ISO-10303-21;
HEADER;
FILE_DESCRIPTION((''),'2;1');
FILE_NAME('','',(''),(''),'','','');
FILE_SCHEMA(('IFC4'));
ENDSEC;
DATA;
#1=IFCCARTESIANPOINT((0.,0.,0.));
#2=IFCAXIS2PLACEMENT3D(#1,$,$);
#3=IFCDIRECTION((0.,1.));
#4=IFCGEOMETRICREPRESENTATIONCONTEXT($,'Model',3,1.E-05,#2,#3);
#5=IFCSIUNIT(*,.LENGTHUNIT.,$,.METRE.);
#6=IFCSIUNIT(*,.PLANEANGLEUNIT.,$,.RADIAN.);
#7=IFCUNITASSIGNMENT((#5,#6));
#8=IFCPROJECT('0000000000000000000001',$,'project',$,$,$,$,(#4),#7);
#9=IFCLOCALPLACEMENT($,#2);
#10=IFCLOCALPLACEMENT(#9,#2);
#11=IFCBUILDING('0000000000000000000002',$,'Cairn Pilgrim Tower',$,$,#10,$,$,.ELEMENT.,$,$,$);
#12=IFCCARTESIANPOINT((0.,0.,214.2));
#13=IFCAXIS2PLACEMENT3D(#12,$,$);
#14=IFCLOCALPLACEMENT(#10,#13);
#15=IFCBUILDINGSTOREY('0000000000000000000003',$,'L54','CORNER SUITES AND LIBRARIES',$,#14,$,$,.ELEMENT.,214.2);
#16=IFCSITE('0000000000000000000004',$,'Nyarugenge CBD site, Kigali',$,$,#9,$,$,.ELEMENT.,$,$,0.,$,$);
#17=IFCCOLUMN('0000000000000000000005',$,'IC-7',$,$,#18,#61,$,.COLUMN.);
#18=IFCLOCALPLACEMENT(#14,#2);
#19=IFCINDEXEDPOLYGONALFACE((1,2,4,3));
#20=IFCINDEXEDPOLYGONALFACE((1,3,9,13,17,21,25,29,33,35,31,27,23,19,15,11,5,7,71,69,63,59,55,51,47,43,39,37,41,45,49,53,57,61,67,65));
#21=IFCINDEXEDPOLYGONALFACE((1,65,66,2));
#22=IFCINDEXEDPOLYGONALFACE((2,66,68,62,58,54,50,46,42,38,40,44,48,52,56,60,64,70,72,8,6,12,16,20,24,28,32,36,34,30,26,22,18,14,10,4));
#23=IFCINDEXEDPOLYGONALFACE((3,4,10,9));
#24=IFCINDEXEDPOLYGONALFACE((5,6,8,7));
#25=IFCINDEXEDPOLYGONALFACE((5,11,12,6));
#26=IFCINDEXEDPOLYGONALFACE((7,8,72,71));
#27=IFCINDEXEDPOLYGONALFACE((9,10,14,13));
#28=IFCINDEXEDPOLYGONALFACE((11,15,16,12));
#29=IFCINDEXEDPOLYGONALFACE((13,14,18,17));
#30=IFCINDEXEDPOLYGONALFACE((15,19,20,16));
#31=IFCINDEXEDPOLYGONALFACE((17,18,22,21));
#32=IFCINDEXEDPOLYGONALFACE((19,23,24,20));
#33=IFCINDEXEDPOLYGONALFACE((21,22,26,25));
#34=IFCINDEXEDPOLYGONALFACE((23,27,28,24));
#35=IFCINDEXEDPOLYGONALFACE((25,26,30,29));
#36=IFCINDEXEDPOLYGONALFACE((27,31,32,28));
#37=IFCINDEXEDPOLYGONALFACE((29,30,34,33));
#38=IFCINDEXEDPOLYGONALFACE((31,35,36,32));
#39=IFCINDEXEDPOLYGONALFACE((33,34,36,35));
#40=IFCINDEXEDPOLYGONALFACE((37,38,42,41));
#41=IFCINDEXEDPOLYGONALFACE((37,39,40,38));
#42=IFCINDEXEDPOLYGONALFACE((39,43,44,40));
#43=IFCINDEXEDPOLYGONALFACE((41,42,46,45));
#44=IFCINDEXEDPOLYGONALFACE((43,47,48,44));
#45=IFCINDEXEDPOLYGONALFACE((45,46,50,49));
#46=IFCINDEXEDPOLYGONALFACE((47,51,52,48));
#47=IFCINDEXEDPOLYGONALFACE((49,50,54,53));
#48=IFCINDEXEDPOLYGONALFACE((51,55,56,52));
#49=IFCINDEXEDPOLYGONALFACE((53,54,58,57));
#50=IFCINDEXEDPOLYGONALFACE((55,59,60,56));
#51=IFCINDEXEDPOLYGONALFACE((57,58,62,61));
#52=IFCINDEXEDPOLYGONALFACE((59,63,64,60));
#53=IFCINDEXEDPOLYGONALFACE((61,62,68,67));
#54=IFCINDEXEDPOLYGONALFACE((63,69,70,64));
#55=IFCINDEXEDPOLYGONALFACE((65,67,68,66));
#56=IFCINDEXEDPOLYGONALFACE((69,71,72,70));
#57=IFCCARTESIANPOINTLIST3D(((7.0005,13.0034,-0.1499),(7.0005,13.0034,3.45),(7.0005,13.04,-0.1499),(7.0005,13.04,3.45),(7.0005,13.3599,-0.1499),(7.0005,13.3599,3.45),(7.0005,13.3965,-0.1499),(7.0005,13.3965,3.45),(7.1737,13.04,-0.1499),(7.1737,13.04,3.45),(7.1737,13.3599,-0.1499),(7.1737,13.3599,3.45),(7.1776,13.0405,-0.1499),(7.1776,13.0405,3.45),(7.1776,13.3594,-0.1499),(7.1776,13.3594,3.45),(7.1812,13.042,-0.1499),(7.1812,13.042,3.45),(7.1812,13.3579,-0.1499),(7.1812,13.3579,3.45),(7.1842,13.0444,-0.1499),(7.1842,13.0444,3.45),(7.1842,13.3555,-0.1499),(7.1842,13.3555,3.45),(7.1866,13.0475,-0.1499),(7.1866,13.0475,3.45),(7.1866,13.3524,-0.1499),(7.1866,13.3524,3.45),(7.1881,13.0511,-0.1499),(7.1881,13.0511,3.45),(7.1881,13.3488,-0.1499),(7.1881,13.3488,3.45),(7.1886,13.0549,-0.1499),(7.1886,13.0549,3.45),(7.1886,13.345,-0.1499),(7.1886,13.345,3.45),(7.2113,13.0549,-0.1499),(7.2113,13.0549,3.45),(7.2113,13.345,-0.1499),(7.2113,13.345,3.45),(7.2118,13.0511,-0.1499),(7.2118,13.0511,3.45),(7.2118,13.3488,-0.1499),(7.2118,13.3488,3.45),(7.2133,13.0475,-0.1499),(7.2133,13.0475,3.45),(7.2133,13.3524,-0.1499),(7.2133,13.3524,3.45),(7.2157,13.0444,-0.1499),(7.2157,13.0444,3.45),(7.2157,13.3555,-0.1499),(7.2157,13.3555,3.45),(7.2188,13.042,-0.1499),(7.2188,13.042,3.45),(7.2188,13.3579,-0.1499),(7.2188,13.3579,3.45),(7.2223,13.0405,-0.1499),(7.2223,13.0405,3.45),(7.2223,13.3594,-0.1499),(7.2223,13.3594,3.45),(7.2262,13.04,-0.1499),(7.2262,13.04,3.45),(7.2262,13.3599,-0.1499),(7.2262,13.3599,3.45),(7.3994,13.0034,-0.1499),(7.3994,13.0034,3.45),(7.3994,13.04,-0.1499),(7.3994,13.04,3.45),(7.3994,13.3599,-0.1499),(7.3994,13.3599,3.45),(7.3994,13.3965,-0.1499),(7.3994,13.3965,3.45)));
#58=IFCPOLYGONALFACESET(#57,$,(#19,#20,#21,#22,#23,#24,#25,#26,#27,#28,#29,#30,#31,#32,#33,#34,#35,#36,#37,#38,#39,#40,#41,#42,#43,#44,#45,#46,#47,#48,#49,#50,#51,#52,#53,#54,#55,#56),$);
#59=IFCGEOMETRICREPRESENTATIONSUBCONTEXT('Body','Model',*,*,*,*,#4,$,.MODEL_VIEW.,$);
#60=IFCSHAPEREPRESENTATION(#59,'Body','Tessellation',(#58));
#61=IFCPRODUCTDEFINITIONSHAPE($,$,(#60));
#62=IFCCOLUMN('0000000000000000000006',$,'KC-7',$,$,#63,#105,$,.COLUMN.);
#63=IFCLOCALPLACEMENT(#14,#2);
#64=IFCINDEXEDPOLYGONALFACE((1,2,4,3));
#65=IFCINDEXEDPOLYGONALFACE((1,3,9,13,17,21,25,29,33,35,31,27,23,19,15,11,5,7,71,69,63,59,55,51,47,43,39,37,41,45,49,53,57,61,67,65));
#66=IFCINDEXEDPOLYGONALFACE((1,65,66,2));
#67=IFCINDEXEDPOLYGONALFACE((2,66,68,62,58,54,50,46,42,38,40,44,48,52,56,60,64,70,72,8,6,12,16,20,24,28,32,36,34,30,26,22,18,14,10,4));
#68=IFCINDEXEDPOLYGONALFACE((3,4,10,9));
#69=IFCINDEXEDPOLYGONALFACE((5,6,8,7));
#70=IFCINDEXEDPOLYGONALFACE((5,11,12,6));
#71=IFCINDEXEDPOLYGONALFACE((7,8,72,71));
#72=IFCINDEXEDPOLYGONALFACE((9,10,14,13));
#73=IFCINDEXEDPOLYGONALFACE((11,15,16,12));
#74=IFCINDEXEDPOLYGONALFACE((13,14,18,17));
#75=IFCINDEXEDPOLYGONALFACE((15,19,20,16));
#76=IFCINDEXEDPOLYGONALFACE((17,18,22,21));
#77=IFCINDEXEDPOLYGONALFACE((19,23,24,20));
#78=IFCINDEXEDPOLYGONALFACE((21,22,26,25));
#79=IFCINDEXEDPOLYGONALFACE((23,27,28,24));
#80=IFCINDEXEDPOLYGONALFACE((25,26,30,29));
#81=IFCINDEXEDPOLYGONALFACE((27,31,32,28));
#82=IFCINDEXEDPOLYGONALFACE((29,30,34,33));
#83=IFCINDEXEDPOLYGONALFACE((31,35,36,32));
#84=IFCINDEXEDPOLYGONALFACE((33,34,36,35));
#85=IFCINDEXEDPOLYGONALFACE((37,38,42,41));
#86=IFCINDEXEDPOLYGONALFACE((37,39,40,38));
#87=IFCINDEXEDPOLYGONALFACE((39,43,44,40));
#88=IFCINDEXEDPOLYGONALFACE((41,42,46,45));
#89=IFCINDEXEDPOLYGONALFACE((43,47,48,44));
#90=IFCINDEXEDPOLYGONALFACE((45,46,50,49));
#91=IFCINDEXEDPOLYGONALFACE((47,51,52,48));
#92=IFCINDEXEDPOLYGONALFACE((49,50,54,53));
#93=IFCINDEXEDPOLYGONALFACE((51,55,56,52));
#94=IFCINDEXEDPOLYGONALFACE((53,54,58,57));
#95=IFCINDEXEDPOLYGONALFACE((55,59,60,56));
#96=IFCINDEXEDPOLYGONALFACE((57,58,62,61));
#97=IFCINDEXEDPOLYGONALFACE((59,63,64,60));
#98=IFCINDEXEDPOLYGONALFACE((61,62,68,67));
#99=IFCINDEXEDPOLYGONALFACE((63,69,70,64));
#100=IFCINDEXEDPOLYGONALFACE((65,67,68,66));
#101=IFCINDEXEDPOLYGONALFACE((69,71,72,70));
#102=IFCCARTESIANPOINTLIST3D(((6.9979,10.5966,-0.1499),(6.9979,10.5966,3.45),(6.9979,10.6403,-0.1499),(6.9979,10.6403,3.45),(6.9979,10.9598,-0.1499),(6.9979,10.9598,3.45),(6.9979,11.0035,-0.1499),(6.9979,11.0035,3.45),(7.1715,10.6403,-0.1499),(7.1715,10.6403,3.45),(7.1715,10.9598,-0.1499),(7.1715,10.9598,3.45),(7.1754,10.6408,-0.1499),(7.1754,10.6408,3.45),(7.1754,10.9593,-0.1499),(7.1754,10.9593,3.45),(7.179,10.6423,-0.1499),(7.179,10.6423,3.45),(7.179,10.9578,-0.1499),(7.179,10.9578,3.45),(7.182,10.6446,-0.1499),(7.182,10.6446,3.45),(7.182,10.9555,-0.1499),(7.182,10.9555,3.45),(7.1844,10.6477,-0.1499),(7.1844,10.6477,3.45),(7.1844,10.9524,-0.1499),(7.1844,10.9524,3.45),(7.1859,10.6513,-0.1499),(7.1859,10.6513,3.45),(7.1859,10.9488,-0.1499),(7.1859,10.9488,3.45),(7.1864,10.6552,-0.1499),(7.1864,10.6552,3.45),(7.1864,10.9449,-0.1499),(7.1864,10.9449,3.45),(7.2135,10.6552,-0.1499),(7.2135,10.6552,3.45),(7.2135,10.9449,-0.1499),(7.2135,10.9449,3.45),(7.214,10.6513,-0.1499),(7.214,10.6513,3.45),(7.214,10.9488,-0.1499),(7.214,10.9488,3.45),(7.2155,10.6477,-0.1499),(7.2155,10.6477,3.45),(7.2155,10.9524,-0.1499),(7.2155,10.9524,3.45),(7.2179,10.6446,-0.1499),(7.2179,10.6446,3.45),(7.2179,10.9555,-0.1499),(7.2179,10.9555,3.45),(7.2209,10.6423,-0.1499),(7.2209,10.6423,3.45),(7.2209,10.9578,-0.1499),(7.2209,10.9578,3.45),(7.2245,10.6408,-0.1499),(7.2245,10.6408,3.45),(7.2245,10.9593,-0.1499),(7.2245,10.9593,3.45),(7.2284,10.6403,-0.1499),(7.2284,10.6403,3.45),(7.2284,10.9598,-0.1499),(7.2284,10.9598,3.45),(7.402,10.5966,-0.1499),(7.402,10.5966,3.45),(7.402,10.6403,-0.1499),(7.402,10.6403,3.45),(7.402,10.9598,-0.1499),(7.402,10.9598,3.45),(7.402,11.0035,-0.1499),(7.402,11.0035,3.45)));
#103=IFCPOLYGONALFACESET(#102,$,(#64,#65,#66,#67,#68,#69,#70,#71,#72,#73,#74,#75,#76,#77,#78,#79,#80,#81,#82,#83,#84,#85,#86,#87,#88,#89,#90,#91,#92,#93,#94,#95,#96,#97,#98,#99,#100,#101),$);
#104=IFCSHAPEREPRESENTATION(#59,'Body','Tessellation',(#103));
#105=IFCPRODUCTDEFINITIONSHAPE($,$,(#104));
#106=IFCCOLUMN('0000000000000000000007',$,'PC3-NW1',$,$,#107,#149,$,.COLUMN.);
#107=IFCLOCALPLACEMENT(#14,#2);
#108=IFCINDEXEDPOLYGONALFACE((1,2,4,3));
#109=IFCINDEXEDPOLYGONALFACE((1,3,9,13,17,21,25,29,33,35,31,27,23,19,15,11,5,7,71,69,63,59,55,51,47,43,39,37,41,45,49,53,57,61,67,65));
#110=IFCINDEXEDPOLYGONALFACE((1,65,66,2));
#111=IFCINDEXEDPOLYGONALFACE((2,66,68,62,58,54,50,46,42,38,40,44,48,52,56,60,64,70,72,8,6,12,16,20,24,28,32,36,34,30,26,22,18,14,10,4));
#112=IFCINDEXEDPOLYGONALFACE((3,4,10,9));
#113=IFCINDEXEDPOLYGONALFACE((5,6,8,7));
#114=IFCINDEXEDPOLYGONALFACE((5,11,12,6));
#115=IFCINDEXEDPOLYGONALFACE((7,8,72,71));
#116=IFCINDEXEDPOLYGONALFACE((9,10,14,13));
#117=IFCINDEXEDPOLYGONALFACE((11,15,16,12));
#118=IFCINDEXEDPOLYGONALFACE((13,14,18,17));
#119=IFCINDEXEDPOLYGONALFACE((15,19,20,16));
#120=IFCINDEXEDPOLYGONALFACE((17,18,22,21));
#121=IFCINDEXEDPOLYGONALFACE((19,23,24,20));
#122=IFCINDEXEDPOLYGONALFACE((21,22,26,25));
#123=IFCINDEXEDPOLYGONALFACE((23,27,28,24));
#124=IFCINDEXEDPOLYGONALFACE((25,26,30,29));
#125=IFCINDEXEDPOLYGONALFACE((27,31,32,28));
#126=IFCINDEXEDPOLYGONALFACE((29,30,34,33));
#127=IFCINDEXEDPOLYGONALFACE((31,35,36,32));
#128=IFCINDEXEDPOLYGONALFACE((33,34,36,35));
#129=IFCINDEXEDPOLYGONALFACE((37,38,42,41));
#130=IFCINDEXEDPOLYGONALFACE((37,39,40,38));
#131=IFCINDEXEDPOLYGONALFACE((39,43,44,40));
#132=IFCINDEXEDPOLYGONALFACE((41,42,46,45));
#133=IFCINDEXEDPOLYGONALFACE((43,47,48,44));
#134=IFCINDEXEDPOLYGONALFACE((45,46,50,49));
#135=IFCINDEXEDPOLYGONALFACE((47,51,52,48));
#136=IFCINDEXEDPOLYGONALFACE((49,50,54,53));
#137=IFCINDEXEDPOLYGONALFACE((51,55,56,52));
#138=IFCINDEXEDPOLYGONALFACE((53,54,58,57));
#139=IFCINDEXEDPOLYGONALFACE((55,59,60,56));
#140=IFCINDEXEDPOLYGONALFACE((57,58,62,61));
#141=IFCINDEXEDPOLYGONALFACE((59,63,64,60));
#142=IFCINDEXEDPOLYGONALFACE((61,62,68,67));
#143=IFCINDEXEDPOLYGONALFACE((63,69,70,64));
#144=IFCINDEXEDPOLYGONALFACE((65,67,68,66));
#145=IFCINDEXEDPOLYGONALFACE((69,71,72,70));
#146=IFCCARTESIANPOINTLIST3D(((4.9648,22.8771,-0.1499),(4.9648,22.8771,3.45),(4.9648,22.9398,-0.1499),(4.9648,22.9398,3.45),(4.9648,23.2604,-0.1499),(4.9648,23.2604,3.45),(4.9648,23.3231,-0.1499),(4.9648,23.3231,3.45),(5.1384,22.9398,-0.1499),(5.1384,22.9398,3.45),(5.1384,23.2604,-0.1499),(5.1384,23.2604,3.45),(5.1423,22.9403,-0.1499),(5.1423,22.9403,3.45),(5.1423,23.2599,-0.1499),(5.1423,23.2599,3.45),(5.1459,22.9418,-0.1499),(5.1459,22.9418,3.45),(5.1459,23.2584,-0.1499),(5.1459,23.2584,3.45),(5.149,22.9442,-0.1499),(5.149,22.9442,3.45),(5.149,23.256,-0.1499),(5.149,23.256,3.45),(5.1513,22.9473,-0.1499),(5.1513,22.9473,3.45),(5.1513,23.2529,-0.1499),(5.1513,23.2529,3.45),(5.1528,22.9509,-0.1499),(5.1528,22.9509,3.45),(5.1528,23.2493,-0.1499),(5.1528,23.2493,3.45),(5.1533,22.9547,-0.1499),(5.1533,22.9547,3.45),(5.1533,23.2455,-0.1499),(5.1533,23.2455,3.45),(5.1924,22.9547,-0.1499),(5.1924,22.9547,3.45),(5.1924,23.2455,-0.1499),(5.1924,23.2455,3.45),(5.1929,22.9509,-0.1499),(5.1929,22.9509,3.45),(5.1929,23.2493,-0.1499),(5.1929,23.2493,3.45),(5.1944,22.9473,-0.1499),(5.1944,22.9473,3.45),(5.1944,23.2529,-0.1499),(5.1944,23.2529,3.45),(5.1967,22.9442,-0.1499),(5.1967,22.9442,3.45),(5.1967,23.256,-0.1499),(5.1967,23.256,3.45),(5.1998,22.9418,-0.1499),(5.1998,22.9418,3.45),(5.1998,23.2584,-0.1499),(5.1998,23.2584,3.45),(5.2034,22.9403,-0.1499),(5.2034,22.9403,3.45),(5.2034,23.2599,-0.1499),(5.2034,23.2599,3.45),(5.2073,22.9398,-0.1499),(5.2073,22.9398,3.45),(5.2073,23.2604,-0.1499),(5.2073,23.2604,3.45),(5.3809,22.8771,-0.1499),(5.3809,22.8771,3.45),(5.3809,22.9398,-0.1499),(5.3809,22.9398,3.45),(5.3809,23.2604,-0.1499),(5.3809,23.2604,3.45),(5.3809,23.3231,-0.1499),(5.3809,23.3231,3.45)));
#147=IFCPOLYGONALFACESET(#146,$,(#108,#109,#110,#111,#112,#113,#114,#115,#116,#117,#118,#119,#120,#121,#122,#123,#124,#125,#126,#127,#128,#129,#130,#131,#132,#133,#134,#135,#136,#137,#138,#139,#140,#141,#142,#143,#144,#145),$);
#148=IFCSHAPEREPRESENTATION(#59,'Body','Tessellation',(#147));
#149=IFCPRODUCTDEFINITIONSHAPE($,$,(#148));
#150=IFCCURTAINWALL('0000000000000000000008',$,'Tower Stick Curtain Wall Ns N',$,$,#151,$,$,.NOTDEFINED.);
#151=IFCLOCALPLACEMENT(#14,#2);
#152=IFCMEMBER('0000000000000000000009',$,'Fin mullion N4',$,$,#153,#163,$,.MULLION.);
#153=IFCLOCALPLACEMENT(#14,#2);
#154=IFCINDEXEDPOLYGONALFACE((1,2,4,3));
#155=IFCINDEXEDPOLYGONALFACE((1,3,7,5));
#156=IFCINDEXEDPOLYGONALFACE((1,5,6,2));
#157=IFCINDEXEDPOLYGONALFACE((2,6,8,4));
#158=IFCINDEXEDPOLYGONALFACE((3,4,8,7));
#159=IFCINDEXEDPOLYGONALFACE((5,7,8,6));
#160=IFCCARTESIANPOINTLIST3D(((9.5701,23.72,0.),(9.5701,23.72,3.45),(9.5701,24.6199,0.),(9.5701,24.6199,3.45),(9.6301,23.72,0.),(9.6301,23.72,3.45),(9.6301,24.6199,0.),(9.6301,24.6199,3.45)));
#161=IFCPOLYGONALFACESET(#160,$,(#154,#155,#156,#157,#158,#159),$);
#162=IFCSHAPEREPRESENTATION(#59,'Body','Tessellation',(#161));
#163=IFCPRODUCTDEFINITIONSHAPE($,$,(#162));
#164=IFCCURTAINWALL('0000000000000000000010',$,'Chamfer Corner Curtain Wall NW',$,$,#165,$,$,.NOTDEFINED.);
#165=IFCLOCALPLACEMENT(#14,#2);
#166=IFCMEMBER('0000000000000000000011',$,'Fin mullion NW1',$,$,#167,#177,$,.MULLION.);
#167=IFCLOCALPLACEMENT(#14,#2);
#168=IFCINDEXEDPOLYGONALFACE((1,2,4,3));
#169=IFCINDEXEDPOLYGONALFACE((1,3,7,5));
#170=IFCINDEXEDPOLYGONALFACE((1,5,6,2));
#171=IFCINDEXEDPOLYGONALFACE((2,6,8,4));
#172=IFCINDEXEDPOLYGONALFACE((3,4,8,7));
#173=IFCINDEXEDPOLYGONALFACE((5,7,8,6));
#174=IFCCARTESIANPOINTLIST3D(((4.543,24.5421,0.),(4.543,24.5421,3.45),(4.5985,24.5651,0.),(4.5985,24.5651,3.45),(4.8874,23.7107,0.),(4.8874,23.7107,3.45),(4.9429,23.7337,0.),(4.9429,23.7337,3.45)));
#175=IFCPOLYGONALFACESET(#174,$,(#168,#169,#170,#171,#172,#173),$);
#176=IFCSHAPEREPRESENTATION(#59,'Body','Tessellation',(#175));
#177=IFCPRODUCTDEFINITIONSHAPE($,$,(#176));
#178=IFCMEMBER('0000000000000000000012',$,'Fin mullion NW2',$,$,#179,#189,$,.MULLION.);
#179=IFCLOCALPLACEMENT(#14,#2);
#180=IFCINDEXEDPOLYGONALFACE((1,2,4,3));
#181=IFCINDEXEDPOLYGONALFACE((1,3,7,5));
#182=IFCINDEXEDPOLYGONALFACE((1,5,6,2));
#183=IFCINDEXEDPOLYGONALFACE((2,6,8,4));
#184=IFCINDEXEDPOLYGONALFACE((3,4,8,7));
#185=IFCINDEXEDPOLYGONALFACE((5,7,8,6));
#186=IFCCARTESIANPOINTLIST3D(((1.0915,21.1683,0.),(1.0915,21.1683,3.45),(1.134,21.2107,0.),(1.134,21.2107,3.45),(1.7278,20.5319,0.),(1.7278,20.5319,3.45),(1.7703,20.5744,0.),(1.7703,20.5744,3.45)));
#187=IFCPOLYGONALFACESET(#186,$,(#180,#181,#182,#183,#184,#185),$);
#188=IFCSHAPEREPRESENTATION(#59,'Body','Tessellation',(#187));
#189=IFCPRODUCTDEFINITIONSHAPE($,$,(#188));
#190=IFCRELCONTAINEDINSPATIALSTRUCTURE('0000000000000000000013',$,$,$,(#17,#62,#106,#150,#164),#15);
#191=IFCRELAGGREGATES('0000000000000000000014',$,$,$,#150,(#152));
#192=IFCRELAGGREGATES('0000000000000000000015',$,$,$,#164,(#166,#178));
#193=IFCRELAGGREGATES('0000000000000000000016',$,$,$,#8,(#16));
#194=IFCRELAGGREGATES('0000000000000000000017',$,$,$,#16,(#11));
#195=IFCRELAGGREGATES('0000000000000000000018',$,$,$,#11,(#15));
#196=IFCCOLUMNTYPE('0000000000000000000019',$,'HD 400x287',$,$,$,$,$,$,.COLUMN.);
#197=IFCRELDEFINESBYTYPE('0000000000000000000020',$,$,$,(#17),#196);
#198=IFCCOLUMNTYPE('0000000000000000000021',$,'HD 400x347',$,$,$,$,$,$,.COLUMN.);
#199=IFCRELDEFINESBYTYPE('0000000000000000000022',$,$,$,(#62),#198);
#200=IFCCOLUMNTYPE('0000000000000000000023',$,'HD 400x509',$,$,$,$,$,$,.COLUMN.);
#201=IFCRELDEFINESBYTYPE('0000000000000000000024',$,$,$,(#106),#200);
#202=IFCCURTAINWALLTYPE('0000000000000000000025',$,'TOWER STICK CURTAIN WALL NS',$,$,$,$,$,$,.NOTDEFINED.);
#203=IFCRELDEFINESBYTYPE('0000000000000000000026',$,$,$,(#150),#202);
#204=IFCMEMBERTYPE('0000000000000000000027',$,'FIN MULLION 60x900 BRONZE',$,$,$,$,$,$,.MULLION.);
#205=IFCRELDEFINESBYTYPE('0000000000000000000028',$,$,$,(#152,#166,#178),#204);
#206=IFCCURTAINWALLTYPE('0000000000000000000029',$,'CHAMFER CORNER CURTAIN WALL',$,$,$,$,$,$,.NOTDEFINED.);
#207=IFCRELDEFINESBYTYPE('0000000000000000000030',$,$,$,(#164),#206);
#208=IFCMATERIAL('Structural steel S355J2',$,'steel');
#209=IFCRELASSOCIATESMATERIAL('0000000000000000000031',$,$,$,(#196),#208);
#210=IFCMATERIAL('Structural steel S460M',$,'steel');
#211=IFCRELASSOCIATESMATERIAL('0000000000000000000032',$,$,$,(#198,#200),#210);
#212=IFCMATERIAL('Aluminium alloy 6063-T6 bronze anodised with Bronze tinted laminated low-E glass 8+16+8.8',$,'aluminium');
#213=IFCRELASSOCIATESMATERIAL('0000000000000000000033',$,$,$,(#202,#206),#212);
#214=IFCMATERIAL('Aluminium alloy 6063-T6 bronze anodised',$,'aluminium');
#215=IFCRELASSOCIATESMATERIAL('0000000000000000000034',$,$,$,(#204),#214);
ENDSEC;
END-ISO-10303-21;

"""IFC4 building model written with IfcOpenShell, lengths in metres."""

from ifc_helpers import new_model, si_unit, direction, frame, origin, origin_2d, place, context, subcontext, project, spatial, rectangle, i_section, extrude, material, material_profile, profile_set, type_object, element, aggregate, save


model = new_model("IFC4")

# Units and contexts
model_context = context("Model", 3, precision=1e-05, world=origin(), true_north=direction((0.0, 1.0)))
body_context = subcontext(model_context, "Body", "Model", "MODEL_VIEW")
ifc_project = project(units=[si_unit("LENGTHUNIT", "METRE"), si_unit("PLANEANGLEUNIT", "RADIAN")], contexts=[model_context])

# Site, building, storey
site_placement = place(None, origin())
site = spatial("IfcSite", under=ifc_project, at=site_placement, Name="Nyarugenge CBD site, Kigali", CompositionType="ELEMENT", RefElevation=0.0)
building_placement = place(site_placement, origin())
building = spatial("IfcBuilding", under=site, at=building_placement, Name="Cairn Pilgrim Tower", CompositionType="ELEMENT")
storey_placement = place(building_placement, frame((0.0, 0.0, 214.2)))
storey = spatial("IfcBuildingStorey", under=building, at=storey_placement, Name="L54", Description="CORNER SUITES AND LIBRARIES", CompositionType="ELEMENT", Elevation=214.2)

# Columns
ifc_material_1 = material(Name="Structural steel S355J2", Category="steel")
ifc_material_profile_1 = material_profile(ifc_material_1, i_section(OverallWidth=0.3989, OverallDepth=0.3931, WebThickness=0.0227, FlangeThickness=0.0366, FilletRadius=0.0149, at=origin_2d()), Name="HD 400x287")
ifc_profile_set_1 = profile_set([ifc_material_profile_1], Name="Structural steel S355J2")
column_type_1 = type_object("IfcColumnType", Name="HD 400x287", PredefinedType="COLUMN", material=ifc_profile_set_1)
column_1_placement = place(storey_placement, frame((7.2, 13.2, -0.1499), z_axis=(0.0, 0.0, 1.0), x_axis=(1.0, 0.0, 0.0)))
element("IfcColumn", 1, at=column_1_placement, inside=storey, type_object=column_type_1, Name="IC-7", PredefinedType="COLUMN", context=body_context, shape_type="SweptSolid", body=[
    extrude(i_section(OverallWidth=0.3989, OverallDepth=0.3931, WebThickness=0.0227, FlangeThickness=0.0366, FilletRadius=0.0149, at=origin_2d()), origin(), (0.0, 0.0, 1.0), 3.5999),
])
ifc_material_2 = material(Name="Structural steel S460M", Category="steel")
ifc_material_profile_2 = material_profile(ifc_material_2, i_section(OverallWidth=0.4041, OverallDepth=0.407, WebThickness=0.0271, FlangeThickness=0.0437, FilletRadius=0.0149, at=origin_2d()), Name="HD 400x347")
ifc_profile_set_2 = profile_set([ifc_material_profile_2], Name="Structural steel S460M")
column_type_2 = type_object("IfcColumnType", Name="HD 400x347", PredefinedType="COLUMN", material=ifc_profile_set_2)
column_2_placement = place(storey_placement, frame((7.2, 10.8, -0.1499), z_axis=(0.0, 0.0, 1.0), x_axis=(1.0, 0.0, 0.0)))
element("IfcColumn", 2, at=column_2_placement, inside=storey, type_object=column_type_2, Name="KC-7", PredefinedType="COLUMN", context=body_context, shape_type="SweptSolid", body=[
    extrude(i_section(OverallWidth=0.4041, OverallDepth=0.407, WebThickness=0.0271, FlangeThickness=0.0437, FilletRadius=0.0149, at=origin_2d()), origin(), (0.0, 0.0, 1.0), 3.5999),
])
ifc_material_profile_3 = material_profile(ifc_material_2, i_section(OverallWidth=0.416, OverallDepth=0.446, WebThickness=0.0391, FlangeThickness=0.0627, FilletRadius=0.0149, at=origin_2d()), Name="HD 400x509")
ifc_profile_set_3 = profile_set([ifc_material_profile_3], Name="Structural steel S460M")
column_type_3 = type_object("IfcColumnType", Name="HD 400x509", PredefinedType="COLUMN", material=ifc_profile_set_3)
column_3_placement = place(storey_placement, frame((5.1729, 23.1001, -0.1499), z_axis=(0.0, 0.0, 1.0), x_axis=(1.0, 0.0, 0.0)))
element("IfcColumn", 3, at=column_3_placement, inside=storey, type_object=column_type_3, Name="PC3-NW1", PredefinedType="COLUMN", context=body_context, shape_type="SweptSolid", body=[
    extrude(i_section(OverallWidth=0.416, OverallDepth=0.446, WebThickness=0.0391, FlangeThickness=0.0627, FilletRadius=0.0149, at=origin_2d()), origin(), (0.0, 0.0, 1.0), 3.5999),
])

# Curtain wall, member
ifc_material_3 = material(Name="Aluminium alloy 6063-T6 bronze anodised with Bronze tinted laminated low-E glass 8+16+8.8", Category="aluminium")
curtain_wall_type_1 = type_object("IfcCurtainWallType", Name="TOWER STICK CURTAIN WALL NS", PredefinedType="NOTDEFINED", material=ifc_material_3)
curtain_wall_1_placement = place(storey_placement, origin())
curtain_wall_1 = element("IfcCurtainWall", 4, at=curtain_wall_1_placement, inside=storey, type_object=curtain_wall_type_1, Name="Tower Stick Curtain Wall Ns N", PredefinedType="NOTDEFINED")
ifc_material_4 = material(Name="Aluminium alloy 6063-T6 bronze anodised", Category="aluminium")
ifc_material_profile_4 = material_profile(ifc_material_4, rectangle(XDim=0.8999, YDim=0.0601, at=origin_2d()), Name="FIN MULLION 60x900 BRONZE")
ifc_profile_set_4 = profile_set([ifc_material_profile_4], Name="Aluminium alloy 6063-T6 bronze anodised")
member_type_1 = type_object("IfcMemberType", Name="FIN MULLION 60x900 BRONZE", PredefinedType="MULLION", material=ifc_profile_set_4)
member_1_placement = place(storey_placement, frame((9.6001, 24.1699, 0.0), z_axis=(0.0, 0.0, 1.0), x_axis=(0.0, 1.0, 0.0)))
member_1 = element("IfcMember", 5, at=member_1_placement, type_object=member_type_1, Name="Fin mullion N4", PredefinedType="MULLION", context=body_context, shape_type="SweptSolid", body=[
    extrude(rectangle(XDim=0.8999, YDim=0.0601, at=origin_2d()), origin(), (0.0, 0.0, 1.0), 3.45),
])
aggregate(curtain_wall_1, [member_1])

# Curtain wall, members
curtain_wall_type_2 = type_object("IfcCurtainWallType", Name="CHAMFER CORNER CURTAIN WALL", PredefinedType="NOTDEFINED", material=ifc_material_3)
curtain_wall_2_placement = place(storey_placement, origin())
curtain_wall_2 = element("IfcCurtainWall", 6, at=curtain_wall_2_placement, inside=storey, type_object=curtain_wall_type_2, Name="Chamfer Corner Curtain Wall NW", PredefinedType="NOTDEFINED")
member_2_placement = place(storey_placement, frame((4.7429, 24.1379, 0.0), z_axis=(0.0, 0.0, 1.0), x_axis=(-0.382683, 0.92388, 0.0)))
member_2 = element("IfcMember", 7, at=member_2_placement, type_object=member_type_1, Name="Fin mullion NW1", PredefinedType="MULLION", context=body_context, shape_type="SweptSolid", body=[
    extrude(rectangle(XDim=0.8999, YDim=0.0601, at=origin_2d()), origin(), (0.0, 0.0, 1.0), 3.45),
])
member_3_placement = place(storey_placement, frame((1.4309, 20.8713, 0.0), z_axis=(0.0, 0.0, 1.0), x_axis=(-0.707107, 0.707107, 0.0)))
member_3 = element("IfcMember", 8, at=member_3_placement, type_object=member_type_1, Name="Fin mullion NW2", PredefinedType="MULLION", context=body_context, shape_type="SweptSolid", body=[
    extrude(rectangle(XDim=0.8999, YDim=0.0601, at=origin_2d()), origin(), (0.0, 0.0, 1.0), 3.45),
])

aggregate(curtain_wall_2, [member_2, member_3])

save(model, "model.ifc")
